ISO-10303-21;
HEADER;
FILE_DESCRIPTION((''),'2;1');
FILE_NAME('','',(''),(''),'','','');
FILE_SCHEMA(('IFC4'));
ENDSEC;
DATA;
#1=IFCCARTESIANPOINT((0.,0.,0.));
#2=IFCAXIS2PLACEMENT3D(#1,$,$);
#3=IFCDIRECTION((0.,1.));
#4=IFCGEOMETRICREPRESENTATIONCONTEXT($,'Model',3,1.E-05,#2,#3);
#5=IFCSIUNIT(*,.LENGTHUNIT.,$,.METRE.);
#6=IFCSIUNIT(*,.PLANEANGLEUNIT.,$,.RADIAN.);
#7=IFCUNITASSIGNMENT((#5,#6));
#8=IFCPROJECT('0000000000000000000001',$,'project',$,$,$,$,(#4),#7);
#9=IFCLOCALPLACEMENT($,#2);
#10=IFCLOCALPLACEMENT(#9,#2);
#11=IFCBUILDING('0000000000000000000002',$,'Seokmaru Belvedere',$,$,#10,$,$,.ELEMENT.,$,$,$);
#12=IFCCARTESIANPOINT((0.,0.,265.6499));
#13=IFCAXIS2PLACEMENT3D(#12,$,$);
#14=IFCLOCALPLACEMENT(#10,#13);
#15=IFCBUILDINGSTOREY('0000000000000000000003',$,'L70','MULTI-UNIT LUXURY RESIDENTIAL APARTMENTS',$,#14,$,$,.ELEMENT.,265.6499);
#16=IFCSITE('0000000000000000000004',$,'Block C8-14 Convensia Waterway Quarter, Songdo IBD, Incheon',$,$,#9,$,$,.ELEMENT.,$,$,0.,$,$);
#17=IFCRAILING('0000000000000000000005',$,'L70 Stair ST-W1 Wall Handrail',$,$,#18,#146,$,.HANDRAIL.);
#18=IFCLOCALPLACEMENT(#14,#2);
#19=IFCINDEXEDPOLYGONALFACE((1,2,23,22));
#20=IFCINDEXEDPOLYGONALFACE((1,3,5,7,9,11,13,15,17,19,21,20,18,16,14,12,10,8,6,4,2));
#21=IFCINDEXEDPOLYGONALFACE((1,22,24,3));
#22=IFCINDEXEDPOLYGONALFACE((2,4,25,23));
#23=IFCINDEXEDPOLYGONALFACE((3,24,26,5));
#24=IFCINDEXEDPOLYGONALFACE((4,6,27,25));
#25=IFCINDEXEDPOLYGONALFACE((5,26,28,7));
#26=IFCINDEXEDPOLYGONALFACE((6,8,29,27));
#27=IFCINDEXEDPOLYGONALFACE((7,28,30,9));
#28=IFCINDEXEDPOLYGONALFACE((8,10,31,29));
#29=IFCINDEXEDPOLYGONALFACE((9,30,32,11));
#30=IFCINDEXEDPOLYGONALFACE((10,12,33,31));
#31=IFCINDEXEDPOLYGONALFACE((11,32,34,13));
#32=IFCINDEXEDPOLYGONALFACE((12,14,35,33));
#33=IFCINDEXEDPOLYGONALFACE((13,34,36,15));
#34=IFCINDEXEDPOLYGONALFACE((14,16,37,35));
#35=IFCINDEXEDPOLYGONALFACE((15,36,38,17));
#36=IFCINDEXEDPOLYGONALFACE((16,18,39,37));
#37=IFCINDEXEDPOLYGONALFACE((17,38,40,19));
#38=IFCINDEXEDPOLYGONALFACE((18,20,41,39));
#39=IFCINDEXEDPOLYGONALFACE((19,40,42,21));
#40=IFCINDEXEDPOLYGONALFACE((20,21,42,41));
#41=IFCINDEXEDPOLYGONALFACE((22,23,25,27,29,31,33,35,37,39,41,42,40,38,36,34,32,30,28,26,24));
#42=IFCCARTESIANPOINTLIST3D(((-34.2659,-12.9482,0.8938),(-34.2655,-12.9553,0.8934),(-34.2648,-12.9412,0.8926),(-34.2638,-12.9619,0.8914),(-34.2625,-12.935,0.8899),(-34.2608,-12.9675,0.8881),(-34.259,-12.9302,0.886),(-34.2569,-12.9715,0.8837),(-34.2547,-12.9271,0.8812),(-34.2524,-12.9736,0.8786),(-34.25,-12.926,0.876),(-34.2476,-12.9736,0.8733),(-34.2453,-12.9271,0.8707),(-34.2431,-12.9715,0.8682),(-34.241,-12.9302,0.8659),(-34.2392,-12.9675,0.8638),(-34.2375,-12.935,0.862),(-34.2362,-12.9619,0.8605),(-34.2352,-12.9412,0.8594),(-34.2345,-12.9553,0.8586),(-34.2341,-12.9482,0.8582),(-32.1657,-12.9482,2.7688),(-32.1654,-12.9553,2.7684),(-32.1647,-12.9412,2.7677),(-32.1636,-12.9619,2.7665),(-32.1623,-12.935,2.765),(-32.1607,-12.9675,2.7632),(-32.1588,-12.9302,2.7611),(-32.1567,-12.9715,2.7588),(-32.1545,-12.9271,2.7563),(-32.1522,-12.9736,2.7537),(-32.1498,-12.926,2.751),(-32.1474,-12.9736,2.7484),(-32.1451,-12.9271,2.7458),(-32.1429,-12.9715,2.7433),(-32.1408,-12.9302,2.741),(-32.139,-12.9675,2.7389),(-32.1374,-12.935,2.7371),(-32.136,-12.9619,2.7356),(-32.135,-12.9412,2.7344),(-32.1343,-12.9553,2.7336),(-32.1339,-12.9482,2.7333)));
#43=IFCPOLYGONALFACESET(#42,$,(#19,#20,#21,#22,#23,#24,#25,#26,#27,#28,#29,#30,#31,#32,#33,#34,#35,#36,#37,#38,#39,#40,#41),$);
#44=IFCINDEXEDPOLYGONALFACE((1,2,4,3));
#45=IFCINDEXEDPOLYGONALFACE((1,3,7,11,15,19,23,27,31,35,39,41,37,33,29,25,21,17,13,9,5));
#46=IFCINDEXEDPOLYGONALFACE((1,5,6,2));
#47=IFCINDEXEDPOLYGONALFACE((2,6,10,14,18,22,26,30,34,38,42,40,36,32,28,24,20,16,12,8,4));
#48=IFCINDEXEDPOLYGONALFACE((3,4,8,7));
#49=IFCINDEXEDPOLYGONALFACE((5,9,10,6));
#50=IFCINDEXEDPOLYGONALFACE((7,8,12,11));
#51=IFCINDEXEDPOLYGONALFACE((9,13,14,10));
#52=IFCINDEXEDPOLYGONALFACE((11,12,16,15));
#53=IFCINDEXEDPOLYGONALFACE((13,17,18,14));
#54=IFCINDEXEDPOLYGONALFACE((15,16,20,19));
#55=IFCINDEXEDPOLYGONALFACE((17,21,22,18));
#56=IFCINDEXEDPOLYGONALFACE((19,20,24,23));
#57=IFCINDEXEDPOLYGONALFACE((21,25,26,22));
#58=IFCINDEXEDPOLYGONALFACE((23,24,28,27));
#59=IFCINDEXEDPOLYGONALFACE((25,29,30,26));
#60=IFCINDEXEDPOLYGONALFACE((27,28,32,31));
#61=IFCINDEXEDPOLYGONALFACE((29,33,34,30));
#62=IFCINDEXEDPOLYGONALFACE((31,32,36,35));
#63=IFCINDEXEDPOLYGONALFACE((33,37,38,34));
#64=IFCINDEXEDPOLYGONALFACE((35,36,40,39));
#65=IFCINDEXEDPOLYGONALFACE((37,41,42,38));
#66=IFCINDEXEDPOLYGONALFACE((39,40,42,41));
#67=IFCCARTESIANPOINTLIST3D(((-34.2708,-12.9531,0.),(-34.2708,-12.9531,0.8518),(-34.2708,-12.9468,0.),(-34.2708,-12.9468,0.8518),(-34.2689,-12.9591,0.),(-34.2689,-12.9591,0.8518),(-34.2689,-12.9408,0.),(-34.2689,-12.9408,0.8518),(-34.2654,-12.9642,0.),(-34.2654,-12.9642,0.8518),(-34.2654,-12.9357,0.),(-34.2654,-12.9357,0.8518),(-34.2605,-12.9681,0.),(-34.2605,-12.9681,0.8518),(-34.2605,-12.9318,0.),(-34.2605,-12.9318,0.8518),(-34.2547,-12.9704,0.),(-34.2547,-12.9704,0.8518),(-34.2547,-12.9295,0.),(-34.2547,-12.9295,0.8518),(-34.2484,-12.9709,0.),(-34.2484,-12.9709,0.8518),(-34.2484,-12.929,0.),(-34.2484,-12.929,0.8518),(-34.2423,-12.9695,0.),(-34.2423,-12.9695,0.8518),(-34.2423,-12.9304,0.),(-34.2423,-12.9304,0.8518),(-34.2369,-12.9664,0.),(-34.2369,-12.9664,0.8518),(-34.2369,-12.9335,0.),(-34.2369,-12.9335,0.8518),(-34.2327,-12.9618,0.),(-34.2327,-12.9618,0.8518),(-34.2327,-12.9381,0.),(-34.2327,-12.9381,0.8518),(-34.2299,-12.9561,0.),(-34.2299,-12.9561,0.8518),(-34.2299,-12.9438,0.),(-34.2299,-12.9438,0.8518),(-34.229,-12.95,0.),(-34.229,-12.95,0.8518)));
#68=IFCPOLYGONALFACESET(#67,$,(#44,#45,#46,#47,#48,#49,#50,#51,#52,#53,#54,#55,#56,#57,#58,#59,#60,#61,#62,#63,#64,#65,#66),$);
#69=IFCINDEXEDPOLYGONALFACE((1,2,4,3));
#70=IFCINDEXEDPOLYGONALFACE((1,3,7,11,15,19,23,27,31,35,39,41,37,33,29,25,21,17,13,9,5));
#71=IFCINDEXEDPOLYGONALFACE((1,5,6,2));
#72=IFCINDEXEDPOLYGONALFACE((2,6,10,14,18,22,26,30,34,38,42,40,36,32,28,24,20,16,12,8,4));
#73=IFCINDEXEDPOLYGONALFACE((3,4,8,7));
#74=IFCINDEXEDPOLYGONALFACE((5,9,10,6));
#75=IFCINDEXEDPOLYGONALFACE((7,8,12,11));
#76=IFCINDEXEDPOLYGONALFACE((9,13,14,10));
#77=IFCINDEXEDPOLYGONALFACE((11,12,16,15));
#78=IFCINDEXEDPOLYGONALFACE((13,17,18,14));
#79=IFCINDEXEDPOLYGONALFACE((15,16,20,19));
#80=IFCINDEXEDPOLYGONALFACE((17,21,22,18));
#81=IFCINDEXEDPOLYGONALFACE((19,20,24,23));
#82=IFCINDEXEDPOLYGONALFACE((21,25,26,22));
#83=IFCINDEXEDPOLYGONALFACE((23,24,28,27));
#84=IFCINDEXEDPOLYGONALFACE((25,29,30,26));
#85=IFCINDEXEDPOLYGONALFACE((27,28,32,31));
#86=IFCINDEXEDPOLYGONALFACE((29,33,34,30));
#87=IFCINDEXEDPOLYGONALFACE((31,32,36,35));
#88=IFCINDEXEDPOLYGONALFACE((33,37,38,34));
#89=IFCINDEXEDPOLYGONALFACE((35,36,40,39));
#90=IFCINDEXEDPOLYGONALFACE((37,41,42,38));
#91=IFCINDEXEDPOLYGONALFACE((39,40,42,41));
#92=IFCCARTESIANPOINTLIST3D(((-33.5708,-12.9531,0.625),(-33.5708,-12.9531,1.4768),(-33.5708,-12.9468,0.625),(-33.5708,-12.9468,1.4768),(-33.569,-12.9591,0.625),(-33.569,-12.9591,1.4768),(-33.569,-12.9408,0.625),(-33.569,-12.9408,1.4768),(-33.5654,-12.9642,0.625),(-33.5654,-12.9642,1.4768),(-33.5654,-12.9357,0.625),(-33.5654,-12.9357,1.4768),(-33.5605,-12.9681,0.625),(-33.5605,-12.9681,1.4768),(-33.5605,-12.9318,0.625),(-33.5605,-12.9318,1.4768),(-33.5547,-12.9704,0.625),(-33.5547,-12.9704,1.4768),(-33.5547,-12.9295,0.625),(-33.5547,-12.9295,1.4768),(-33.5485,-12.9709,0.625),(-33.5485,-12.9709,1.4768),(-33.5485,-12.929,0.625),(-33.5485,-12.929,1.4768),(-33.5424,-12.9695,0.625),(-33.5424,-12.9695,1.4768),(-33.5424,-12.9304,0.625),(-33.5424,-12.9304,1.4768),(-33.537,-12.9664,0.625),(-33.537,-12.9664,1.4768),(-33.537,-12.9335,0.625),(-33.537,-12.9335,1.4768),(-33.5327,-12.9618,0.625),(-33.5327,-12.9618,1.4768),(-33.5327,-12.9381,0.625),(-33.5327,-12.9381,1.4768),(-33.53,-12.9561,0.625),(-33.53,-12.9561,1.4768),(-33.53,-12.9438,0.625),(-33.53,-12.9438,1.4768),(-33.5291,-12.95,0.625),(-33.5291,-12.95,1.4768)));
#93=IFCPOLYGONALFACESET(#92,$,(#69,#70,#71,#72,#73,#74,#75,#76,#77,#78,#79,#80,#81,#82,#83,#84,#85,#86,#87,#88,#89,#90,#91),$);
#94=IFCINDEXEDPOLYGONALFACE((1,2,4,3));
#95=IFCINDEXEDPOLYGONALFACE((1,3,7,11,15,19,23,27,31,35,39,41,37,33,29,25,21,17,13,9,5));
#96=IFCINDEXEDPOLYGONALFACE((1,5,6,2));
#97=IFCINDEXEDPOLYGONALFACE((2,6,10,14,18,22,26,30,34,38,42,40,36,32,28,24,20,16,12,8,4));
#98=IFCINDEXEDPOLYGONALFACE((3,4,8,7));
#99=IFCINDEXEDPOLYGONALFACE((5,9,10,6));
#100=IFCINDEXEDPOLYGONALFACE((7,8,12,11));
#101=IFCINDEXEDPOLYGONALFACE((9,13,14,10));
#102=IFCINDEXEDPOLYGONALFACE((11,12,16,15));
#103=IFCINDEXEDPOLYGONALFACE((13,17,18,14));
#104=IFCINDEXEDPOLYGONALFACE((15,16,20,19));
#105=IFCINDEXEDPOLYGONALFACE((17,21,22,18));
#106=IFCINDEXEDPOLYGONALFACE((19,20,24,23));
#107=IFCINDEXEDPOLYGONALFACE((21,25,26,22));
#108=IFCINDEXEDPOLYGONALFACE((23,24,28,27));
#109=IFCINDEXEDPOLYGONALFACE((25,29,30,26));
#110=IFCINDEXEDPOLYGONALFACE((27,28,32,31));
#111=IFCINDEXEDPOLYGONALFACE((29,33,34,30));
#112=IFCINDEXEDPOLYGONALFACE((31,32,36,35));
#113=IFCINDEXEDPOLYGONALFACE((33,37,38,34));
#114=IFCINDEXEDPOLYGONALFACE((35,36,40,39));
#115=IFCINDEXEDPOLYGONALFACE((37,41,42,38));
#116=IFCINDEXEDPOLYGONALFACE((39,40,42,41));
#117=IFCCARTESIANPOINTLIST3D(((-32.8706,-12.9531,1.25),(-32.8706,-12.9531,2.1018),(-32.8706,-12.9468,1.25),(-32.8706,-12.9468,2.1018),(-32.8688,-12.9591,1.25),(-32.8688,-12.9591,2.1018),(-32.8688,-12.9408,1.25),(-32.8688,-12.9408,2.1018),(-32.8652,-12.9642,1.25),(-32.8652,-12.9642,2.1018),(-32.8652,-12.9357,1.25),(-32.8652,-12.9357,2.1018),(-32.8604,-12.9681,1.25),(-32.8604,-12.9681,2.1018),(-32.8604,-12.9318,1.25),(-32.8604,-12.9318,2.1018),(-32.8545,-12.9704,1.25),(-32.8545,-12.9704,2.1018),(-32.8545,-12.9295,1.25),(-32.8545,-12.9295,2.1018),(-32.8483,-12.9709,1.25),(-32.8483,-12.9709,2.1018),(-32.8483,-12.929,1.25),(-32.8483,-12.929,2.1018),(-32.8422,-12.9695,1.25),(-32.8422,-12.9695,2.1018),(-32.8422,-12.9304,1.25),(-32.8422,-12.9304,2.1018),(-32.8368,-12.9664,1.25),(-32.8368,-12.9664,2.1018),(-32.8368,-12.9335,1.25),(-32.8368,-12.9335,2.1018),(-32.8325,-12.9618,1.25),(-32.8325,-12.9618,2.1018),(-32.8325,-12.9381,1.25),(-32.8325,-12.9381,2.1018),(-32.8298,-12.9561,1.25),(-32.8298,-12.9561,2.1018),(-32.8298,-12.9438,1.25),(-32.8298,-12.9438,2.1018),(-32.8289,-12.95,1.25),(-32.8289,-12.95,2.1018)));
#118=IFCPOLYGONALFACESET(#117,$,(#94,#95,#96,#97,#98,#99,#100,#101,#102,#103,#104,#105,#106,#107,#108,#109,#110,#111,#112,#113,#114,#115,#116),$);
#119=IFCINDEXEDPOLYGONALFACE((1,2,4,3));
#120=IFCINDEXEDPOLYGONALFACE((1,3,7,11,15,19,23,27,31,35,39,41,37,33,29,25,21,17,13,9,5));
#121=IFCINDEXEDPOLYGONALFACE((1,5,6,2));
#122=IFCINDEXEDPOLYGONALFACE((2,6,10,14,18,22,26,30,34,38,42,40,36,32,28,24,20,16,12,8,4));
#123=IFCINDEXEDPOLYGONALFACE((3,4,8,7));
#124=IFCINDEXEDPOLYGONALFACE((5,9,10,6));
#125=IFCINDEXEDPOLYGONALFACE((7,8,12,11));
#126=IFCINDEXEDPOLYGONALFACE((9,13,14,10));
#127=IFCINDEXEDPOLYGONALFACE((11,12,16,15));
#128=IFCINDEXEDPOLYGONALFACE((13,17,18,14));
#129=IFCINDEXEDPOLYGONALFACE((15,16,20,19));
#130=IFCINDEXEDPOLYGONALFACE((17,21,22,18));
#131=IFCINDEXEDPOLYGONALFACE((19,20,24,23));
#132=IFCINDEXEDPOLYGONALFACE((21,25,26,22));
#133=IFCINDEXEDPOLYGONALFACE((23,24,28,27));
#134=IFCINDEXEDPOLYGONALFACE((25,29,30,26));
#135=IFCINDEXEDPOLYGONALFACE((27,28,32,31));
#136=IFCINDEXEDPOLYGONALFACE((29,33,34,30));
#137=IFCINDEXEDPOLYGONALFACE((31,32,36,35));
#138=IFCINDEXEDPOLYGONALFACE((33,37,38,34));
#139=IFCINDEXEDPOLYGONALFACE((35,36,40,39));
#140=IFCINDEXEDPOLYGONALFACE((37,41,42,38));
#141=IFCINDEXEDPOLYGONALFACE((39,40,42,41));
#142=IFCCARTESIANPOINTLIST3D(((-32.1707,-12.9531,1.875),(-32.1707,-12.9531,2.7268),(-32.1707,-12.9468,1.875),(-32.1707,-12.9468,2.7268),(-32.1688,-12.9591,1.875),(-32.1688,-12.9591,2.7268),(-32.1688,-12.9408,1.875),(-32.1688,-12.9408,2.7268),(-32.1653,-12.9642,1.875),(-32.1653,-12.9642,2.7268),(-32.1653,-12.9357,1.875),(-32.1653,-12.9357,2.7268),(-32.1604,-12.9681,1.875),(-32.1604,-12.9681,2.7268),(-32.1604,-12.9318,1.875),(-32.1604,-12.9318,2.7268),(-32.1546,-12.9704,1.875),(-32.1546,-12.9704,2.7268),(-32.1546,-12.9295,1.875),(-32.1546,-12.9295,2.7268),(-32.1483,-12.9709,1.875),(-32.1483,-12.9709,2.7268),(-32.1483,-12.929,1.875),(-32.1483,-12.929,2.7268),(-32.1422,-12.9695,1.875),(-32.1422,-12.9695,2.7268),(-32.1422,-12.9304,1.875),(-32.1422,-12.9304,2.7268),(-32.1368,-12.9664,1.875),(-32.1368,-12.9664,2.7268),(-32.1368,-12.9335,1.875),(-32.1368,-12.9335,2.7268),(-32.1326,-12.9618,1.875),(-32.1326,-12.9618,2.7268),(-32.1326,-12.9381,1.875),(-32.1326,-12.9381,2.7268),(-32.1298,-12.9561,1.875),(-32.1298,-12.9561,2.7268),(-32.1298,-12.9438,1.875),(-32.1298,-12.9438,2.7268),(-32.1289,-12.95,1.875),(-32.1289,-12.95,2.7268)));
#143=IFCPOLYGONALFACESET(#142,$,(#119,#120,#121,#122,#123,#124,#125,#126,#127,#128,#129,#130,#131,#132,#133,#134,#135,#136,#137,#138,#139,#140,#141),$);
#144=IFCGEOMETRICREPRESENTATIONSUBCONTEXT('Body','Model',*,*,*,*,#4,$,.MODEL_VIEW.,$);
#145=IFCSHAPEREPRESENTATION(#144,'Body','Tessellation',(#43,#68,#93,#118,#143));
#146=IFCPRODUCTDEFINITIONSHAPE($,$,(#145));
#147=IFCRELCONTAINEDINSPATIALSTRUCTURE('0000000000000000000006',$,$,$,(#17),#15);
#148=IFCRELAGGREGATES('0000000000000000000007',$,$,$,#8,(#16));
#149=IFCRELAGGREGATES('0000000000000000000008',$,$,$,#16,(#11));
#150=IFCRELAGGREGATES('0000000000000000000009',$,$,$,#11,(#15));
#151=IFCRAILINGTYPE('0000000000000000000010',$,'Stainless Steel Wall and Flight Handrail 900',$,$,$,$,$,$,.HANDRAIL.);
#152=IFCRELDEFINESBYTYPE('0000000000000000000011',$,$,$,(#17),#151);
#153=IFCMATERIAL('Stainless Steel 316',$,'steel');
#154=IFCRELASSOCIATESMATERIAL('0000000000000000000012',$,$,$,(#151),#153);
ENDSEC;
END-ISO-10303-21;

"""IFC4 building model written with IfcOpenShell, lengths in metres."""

from ifc_helpers import new_model, si_unit, direction, frame, origin, origin_2d, place, context, subcontext, project, spatial, circle, extrude, material, type_object, element, save


model = new_model("IFC4")

# Units and contexts
model_context = context("Model", 3, precision=1e-05, world=origin(), true_north=direction((0.0, 1.0)))
body_context = subcontext(model_context, "Body", "Model", "MODEL_VIEW")
ifc_project = project(units=[si_unit("LENGTHUNIT", "METRE"), si_unit("PLANEANGLEUNIT", "RADIAN")], contexts=[model_context])

# Site, building, storey
site_placement = place(None, origin())
site = spatial("IfcSite", under=ifc_project, at=site_placement, Name="Block C8-14 Convensia Waterway Quarter, Songdo IBD, Incheon", CompositionType="ELEMENT", RefElevation=0.0)
building_placement = place(site_placement, origin())
building = spatial("IfcBuilding", under=site, at=building_placement, Name="Seokmaru Belvedere", CompositionType="ELEMENT")
storey_placement = place(building_placement, frame((0.0, 0.0, 265.6499)))
storey = spatial("IfcBuildingStorey", under=building, at=storey_placement, Name="L70", Description="MULTI-UNIT LUXURY RESIDENTIAL APARTMENTS", CompositionType="ELEMENT", Elevation=265.6499)

# Shared definitions
ifc_material_1 = material(Name="Stainless Steel 316", Category="steel")

# Railing
railing_type_1 = type_object("IfcRailingType", Name="Stainless Steel Wall and Flight Handrail 900", PredefinedType="HANDRAIL", material=ifc_material_1)
railing_1_placement = place(storey_placement, frame((-34.25, -12.95, 0.0)))
element("IfcRailing", 1, at=railing_1_placement, inside=storey, type_object=railing_type_1, Name="L70 Stair ST-W1 Wall Handrail", PredefinedType="HANDRAIL", context=body_context, shape_type="SweptSolid", body=[
    extrude(circle(Radius=0.0239, at=origin_2d()), frame((0.0, 0.0, 0.876), z_axis=(0.745953, 0.0, 0.665999), x_axis=(0.0, 1.0, 0.0)), (0.0, 0.0, 1.0), 2.8154),
    extrude(circle(Radius=0.021, at=origin_2d()), origin(), (0.0, 0.0, 1.0), 0.8518),
    extrude(circle(Radius=0.021, at=origin_2d()), frame((0.7, 0.0, 0.625)), (0.0, 0.0, 1.0), 0.8518),
    extrude(circle(Radius=0.021, at=origin_2d()), frame((1.4001, 0.0, 1.25)), (0.0, 0.0, 1.0), 0.8518),
    extrude(circle(Radius=0.021, at=origin_2d()), frame((2.1001, 0.0, 1.875)), (0.0, 0.0, 1.0), 0.8518),
])

save(model, "model.ifc")
